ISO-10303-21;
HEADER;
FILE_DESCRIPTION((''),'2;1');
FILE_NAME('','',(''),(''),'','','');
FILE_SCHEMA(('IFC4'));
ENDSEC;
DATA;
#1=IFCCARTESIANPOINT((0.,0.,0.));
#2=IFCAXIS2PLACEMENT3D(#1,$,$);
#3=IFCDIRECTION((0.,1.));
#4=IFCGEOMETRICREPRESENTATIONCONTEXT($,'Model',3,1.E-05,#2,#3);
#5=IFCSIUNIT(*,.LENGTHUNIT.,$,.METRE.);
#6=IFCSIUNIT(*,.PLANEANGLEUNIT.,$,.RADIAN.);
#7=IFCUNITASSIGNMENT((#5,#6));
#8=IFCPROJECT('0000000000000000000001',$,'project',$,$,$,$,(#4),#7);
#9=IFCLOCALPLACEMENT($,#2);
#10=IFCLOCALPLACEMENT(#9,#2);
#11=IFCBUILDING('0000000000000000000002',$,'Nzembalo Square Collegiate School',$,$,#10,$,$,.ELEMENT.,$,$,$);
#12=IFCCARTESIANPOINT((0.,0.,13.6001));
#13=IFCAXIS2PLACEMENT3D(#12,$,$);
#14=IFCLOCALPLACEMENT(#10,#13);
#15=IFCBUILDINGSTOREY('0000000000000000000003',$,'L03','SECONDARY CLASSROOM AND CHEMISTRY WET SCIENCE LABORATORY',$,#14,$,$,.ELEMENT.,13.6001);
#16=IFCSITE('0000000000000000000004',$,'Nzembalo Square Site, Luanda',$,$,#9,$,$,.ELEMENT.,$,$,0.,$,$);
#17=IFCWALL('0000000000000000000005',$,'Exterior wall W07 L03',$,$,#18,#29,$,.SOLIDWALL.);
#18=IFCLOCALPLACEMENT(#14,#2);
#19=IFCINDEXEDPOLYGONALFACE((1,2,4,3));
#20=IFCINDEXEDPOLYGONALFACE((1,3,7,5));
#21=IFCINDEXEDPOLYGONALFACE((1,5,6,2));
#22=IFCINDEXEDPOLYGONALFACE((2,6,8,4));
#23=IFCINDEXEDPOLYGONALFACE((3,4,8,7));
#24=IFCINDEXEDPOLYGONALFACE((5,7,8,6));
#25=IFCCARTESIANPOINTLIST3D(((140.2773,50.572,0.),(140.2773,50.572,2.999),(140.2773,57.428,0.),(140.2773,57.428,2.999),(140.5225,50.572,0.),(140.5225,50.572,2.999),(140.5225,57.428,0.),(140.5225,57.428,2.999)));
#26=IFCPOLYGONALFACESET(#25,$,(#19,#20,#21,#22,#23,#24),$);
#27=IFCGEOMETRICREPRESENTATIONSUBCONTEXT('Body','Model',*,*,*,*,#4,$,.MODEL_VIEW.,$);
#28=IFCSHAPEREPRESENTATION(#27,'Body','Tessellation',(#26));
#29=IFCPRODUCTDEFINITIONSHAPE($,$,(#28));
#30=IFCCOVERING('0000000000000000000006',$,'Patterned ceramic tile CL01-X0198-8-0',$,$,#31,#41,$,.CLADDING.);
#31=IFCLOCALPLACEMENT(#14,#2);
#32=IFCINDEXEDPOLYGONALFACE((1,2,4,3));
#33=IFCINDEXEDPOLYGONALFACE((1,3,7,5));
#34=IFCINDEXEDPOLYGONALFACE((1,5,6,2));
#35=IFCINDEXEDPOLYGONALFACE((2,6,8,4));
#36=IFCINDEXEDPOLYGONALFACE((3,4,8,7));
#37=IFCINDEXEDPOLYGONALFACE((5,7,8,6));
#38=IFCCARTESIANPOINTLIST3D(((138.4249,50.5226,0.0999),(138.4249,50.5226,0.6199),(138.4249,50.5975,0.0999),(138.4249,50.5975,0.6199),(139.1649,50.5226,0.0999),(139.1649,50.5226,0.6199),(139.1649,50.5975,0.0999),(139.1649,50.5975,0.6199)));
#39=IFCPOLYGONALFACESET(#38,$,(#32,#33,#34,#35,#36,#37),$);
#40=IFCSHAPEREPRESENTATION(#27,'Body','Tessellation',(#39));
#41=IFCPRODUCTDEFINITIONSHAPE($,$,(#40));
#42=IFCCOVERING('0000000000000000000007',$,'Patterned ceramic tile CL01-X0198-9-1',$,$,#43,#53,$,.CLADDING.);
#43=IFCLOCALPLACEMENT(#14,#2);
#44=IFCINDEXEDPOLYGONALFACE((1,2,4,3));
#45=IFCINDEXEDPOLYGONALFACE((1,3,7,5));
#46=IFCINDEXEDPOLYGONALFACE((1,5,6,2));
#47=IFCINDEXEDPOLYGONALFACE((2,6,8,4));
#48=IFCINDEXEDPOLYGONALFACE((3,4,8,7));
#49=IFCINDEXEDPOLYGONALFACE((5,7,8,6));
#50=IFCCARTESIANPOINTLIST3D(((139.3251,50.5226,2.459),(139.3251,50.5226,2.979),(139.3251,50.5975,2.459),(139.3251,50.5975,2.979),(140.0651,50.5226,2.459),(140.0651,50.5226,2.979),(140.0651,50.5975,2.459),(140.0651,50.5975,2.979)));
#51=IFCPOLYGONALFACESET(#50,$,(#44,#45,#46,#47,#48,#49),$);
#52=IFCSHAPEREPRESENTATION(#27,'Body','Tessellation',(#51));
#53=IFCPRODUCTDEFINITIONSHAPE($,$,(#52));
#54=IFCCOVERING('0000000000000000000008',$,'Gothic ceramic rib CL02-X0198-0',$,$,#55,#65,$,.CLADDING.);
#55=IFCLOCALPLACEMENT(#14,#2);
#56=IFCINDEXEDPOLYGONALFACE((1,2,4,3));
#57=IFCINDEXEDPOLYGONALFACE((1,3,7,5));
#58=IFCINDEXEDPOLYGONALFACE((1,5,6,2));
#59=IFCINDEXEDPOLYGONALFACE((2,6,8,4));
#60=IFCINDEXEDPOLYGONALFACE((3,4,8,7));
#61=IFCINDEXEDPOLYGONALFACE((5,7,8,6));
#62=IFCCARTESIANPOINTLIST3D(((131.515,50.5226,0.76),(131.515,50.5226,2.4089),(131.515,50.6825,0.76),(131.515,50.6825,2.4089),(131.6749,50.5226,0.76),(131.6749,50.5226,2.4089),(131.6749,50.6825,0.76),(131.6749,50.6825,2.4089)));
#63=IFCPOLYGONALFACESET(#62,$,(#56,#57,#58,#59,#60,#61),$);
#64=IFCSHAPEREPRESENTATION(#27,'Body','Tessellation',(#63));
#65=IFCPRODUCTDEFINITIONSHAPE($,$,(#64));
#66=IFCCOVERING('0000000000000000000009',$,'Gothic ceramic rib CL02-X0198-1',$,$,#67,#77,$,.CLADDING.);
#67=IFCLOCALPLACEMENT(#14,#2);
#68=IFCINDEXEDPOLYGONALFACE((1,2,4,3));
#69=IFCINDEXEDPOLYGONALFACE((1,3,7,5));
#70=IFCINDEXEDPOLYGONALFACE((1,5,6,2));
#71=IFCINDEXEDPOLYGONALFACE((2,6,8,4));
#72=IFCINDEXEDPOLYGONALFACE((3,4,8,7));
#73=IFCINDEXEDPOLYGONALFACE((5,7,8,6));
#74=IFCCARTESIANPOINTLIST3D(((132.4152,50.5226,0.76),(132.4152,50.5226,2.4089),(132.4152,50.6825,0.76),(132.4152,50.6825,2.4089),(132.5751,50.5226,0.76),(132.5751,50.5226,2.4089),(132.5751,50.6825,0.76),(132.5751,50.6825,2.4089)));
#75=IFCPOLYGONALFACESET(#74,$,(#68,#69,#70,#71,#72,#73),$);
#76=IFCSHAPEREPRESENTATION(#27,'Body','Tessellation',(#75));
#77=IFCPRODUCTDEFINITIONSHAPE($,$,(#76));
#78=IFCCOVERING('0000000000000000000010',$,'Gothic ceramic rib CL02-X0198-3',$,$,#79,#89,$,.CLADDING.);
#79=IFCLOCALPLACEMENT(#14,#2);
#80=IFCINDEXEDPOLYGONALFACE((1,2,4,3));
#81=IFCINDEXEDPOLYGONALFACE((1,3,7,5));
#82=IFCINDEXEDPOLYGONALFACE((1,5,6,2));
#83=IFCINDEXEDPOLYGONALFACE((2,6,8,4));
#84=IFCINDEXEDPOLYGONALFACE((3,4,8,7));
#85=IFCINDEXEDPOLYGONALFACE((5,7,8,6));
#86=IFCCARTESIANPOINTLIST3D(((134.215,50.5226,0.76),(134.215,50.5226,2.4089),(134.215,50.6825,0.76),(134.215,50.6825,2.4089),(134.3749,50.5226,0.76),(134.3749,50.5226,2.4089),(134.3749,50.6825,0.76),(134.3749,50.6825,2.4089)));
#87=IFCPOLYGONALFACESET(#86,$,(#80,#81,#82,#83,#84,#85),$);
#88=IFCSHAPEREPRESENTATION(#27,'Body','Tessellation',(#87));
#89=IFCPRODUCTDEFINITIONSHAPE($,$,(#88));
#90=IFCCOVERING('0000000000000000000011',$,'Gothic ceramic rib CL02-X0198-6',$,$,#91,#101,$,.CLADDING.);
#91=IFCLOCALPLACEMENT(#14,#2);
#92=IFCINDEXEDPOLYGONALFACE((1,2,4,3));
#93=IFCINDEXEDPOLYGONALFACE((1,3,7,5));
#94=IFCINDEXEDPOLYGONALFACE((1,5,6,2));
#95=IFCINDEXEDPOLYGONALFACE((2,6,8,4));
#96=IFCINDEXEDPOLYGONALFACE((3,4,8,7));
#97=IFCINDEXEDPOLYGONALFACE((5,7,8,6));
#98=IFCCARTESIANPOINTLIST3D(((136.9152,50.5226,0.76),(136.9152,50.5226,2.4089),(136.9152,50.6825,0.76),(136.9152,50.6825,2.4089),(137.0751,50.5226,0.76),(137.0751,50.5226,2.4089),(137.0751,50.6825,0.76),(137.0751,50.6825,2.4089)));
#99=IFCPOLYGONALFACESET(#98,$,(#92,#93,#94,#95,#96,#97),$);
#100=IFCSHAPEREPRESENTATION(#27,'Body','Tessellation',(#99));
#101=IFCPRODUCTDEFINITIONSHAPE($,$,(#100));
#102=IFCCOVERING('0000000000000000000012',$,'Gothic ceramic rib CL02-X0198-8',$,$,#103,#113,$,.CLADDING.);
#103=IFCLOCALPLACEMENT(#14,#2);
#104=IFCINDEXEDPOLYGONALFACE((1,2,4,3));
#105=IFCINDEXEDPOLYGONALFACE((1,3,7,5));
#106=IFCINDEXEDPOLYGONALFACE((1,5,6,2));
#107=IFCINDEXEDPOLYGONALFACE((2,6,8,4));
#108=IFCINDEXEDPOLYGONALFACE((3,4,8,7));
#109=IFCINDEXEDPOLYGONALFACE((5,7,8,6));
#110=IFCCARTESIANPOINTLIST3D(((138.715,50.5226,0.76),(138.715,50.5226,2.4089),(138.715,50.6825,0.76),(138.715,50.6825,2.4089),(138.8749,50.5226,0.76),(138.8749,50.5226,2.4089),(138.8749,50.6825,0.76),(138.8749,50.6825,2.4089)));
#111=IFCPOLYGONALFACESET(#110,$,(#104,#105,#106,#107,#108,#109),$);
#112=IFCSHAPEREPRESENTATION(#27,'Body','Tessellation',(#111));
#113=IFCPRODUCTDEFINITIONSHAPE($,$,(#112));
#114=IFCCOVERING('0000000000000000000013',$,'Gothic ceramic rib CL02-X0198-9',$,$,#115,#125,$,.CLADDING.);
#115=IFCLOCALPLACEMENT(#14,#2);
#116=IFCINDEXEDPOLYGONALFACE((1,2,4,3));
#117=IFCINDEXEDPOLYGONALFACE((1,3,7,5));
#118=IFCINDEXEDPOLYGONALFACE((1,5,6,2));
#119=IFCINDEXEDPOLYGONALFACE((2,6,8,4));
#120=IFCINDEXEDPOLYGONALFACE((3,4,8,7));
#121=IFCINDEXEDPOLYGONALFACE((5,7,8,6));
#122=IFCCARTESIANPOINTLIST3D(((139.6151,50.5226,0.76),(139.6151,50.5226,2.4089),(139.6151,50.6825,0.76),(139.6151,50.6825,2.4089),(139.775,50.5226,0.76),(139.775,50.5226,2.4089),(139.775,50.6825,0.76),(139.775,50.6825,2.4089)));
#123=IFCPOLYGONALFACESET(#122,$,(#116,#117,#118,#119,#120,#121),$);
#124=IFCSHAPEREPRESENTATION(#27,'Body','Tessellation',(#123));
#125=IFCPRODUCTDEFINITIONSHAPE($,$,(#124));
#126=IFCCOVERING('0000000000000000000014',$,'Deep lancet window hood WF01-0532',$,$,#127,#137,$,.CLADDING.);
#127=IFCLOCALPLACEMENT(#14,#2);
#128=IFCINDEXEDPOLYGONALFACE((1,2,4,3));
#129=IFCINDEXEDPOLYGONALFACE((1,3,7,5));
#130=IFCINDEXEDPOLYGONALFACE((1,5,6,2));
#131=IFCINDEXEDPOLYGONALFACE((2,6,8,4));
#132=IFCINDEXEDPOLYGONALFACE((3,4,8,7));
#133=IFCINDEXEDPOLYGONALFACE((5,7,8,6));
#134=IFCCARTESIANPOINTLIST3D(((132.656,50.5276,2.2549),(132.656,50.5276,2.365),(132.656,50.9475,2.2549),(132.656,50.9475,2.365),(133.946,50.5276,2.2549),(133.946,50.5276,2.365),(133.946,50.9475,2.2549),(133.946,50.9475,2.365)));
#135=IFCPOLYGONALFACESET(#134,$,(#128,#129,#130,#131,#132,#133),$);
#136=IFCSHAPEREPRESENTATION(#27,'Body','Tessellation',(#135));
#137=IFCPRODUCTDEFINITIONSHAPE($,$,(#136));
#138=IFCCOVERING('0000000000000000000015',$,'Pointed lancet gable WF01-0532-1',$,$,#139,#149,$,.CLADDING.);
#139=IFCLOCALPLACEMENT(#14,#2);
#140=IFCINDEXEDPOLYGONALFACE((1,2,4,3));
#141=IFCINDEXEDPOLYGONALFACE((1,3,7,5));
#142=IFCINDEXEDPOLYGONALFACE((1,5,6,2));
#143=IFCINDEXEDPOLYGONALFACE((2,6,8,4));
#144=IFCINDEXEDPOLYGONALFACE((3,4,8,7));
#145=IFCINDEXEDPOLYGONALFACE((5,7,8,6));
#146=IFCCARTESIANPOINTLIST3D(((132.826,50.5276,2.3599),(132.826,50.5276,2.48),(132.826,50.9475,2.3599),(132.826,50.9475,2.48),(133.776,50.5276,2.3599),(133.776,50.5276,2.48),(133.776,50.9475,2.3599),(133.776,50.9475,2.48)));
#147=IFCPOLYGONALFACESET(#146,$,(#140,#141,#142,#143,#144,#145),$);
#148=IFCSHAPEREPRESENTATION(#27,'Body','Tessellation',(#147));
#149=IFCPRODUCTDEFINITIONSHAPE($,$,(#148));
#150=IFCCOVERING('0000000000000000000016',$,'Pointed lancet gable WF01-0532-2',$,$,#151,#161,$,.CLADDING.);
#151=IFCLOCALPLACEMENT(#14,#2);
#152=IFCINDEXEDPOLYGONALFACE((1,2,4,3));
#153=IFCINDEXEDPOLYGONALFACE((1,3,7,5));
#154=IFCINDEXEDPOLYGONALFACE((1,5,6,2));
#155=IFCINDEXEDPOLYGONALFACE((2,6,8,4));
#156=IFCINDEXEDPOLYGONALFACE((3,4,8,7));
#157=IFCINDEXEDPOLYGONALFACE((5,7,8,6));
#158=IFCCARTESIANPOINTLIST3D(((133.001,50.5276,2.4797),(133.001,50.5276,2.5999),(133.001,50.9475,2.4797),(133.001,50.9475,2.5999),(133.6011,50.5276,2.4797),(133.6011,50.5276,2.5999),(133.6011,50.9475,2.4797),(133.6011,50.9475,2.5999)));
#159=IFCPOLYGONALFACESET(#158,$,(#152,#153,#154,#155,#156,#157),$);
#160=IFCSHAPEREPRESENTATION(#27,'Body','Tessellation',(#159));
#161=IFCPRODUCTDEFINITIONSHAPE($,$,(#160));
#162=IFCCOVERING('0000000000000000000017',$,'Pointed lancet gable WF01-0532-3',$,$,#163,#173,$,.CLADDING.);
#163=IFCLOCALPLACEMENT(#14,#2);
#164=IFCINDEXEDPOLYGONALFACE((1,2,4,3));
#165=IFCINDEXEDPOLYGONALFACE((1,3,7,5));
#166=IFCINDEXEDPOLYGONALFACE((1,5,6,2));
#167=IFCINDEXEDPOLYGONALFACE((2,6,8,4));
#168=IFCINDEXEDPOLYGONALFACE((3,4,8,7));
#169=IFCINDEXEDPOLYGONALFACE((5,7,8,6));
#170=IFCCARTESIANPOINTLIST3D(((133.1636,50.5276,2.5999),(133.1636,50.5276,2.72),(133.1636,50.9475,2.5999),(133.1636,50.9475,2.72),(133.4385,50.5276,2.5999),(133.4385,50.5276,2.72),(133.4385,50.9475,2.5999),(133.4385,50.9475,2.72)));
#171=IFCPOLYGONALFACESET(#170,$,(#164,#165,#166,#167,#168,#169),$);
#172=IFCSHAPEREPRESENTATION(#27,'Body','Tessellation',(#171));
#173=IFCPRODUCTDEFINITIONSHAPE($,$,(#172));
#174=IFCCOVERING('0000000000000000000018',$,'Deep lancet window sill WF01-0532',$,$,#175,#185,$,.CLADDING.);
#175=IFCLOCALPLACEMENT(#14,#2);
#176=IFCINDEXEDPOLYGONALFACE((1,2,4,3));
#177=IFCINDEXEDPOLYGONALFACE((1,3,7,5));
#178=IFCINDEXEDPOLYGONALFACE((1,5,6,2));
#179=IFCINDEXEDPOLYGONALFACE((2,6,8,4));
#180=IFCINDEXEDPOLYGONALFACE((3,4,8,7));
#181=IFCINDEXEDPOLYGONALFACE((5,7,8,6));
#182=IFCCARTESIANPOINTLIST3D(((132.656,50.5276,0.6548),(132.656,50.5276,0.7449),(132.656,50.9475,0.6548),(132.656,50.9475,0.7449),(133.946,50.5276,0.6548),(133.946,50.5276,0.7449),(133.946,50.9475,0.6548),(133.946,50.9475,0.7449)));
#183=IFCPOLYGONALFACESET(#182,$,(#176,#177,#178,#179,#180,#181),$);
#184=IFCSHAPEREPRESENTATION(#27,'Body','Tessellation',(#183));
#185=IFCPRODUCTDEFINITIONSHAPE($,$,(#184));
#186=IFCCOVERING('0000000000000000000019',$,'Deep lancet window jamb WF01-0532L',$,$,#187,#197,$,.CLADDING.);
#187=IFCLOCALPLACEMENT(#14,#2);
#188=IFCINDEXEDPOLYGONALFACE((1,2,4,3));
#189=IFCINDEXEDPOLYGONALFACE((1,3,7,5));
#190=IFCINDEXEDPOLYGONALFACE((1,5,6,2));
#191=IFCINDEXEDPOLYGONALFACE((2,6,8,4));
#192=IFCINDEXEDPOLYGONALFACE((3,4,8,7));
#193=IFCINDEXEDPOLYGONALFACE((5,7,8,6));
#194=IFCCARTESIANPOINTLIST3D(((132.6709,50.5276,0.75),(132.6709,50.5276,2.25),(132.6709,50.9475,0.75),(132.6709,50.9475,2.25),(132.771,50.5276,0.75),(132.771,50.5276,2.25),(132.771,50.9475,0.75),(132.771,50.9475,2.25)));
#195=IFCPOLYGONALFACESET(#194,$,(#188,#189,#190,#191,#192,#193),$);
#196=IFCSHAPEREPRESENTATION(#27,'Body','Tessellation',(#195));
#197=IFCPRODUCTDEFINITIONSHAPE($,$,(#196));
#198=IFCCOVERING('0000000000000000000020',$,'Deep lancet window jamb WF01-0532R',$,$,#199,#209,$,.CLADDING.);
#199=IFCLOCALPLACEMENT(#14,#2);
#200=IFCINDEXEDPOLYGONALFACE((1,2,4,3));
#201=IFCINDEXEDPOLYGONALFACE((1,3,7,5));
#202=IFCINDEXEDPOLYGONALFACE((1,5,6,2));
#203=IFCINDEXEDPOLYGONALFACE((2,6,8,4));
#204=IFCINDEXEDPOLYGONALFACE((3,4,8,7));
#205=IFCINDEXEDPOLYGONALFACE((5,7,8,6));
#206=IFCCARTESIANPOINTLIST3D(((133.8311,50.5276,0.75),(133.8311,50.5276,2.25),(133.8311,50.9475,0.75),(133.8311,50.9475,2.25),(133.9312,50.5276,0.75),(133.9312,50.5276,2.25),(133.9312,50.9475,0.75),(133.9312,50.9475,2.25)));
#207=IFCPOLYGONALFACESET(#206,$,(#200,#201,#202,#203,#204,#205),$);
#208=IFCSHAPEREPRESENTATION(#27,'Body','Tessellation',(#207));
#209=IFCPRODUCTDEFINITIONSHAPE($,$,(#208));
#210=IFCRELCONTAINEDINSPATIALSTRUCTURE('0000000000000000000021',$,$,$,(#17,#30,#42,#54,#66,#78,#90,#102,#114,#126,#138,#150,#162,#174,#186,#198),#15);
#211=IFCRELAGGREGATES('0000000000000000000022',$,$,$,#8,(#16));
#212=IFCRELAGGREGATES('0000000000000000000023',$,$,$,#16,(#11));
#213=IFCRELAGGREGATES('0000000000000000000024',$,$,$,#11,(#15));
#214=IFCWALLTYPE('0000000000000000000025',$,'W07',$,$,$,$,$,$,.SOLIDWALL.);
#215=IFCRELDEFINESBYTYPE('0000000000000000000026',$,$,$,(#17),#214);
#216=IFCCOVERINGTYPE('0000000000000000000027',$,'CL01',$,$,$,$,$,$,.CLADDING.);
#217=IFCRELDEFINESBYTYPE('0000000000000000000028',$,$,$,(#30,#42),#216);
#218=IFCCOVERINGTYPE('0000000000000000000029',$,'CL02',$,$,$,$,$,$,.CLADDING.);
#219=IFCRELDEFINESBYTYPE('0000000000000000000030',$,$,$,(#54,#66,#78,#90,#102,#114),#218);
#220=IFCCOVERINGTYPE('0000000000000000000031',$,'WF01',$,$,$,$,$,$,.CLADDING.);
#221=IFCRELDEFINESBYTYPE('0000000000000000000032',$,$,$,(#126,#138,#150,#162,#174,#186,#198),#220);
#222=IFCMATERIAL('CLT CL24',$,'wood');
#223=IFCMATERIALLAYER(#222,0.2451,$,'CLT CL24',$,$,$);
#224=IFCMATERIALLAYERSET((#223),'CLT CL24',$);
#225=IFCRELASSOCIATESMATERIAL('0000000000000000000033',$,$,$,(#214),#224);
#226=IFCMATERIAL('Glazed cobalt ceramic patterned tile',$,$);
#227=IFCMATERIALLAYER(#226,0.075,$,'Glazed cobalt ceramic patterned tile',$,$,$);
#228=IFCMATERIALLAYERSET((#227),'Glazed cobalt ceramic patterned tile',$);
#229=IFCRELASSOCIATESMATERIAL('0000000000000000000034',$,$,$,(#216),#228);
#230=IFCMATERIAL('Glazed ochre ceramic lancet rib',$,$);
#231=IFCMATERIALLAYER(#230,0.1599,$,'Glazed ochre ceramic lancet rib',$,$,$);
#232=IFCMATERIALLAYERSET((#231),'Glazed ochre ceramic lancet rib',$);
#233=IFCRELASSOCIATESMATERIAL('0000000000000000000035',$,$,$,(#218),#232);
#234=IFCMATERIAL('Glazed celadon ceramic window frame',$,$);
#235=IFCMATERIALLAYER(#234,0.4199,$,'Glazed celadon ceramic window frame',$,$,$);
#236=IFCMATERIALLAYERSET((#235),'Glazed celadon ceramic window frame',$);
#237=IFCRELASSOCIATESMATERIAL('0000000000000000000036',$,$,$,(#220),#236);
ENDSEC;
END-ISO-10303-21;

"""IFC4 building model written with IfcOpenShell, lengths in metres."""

from ifc_helpers import new_model, si_unit, direction, frame, frame_2d, origin, origin_2d, place, context, subcontext, project, spatial, rectangle, extrude, material, layer, layer_set, type_object, element, save


model = new_model("IFC4")

# Units and contexts
model_context = context("Model", 3, precision=1e-05, world=origin(), true_north=direction((0.0, 1.0)))
body_context = subcontext(model_context, "Body", "Model", "MODEL_VIEW")
ifc_project = project(units=[si_unit("LENGTHUNIT", "METRE"), si_unit("PLANEANGLEUNIT", "RADIAN")], contexts=[model_context])

# Site, building, storey
site_placement = place(None, origin())
site = spatial("IfcSite", under=ifc_project, at=site_placement, Name="Nzembalo Square Site, Luanda", CompositionType="ELEMENT", RefElevation=0.0)
building_placement = place(site_placement, origin())
building = spatial("IfcBuilding", under=site, at=building_placement, Name="Nzembalo Square Collegiate School", CompositionType="ELEMENT")
storey_placement = place(building_placement, frame((0.0, 0.0, 13.6001)))
storey = spatial("IfcBuildingStorey", under=building, at=storey_placement, Name="L03", Description="SECONDARY CLASSROOM AND CHEMISTRY WET SCIENCE LABORATORY", CompositionType="ELEMENT", Elevation=13.6001)

# Wall
ifc_material_1 = material(Name="CLT CL24", Category="wood")
ifc_layer_1 = layer(ifc_material_1, 0.2451, Name="CLT CL24")
ifc_layer_set_1 = layer_set([ifc_layer_1], Name="CLT CL24")
wall_type = type_object("IfcWallType", Name="W07", PredefinedType="SOLIDWALL", material=ifc_layer_set_1)
wall_placement = place(storey_placement, frame((140.3999, 50.572, 0.0), z_axis=(0.0, 0.0, 1.0), x_axis=(0.0, 1.0, 0.0)))
element("IfcWall", 1, at=wall_placement, inside=storey, type_object=wall_type, Name="Exterior wall W07 L03", PredefinedType="SOLIDWALL", context=body_context, shape_type="SweptSolid", body=[
    extrude(rectangle(XDim=6.856, YDim=0.2451, at=frame_2d((3.428, 0.0))), origin(), (0.0, 0.0, 1.0), 2.999),
])

# Coverings
ifc_material_2 = material(Name="Glazed cobalt ceramic patterned tile")
ifc_layer_2 = layer(ifc_material_2, 0.075, Name="Glazed cobalt ceramic patterned tile")
ifc_layer_set_2 = layer_set([ifc_layer_2], Name="Glazed cobalt ceramic patterned tile")
covering_type_1 = type_object("IfcCoveringType", Name="CL01", PredefinedType="CLADDING", material=ifc_layer_set_2)
for number, where, z_axis, x_axis, name in (
    (2, (138.7949, 50.5601, 0.0999), (0.0, 0.0, 1.0), (1.0, 0.0, 0.0), "Patterned ceramic tile CL01-X0198-8-0"),
    (3, (139.6951, 50.5601, 2.459), (0.0, 0.0, 1.0), (1.0, 0.0, 0.0), "Patterned ceramic tile CL01-X0198-9-1"),
):
    element("IfcCovering", number, at=place(storey_placement, frame(where, z_axis=z_axis, x_axis=x_axis)), inside=storey, type_object=covering_type_1, Name=name, PredefinedType="CLADDING", context=body_context, shape_type="SweptSolid", body=[
        extrude(rectangle(XDim=0.74, YDim=0.075, at=origin_2d()), origin(), (0.0, 0.0, 1.0), 0.52),
    ])
ifc_material_3 = material(Name="Glazed ochre ceramic lancet rib")
ifc_layer_3 = layer(ifc_material_3, 0.1599, Name="Glazed ochre ceramic lancet rib")
ifc_layer_set_3 = layer_set([ifc_layer_3], Name="Glazed ochre ceramic lancet rib")
covering_type_2 = type_object("IfcCoveringType", Name="CL02", PredefinedType="CLADDING", material=ifc_layer_set_3)
for number, where, z_axis, x_axis, name in (
    (4, (131.595, 50.6025, 0.76), (0.0, 0.0, 1.0), (1.0, 0.0, 0.0), "Gothic ceramic rib CL02-X0198-0"),
    (5, (132.4951, 50.6025, 0.76), (0.0, 0.0, 1.0), (1.0, 0.0, 0.0), "Gothic ceramic rib CL02-X0198-1"),
    (6, (134.2949, 50.6025, 0.76), (0.0, 0.0, 1.0), (1.0, 0.0, 0.0), "Gothic ceramic rib CL02-X0198-3"),
    (7, (136.9951, 50.6025, 0.76), (0.0, 0.0, 1.0), (1.0, 0.0, 0.0), "Gothic ceramic rib CL02-X0198-6"),
    (8, (138.7949, 50.6025, 0.76), (0.0, 0.0, 1.0), (1.0, 0.0, 0.0), "Gothic ceramic rib CL02-X0198-8"),
    (9, (139.6951, 50.6025, 0.76), (0.0, 0.0, 1.0), (1.0, 0.0, 0.0), "Gothic ceramic rib CL02-X0198-9"),
):
    element("IfcCovering", number, at=place(storey_placement, frame(where, z_axis=z_axis, x_axis=x_axis)), inside=storey, type_object=covering_type_2, Name=name, PredefinedType="CLADDING", context=body_context, shape_type="SweptSolid", body=[
        extrude(rectangle(XDim=0.1599, YDim=0.1599, at=origin_2d()), origin(), (0.0, 0.0, 1.0), 1.6489),
    ])
ifc_material_4 = material(Name="Glazed celadon ceramic window frame")
ifc_layer_4 = layer(ifc_material_4, 0.4199, Name="Glazed celadon ceramic window frame")
ifc_layer_set_4 = layer_set([ifc_layer_4], Name="Glazed celadon ceramic window frame")
covering_type_3 = type_object("IfcCoveringType", Name="WF01", PredefinedType="CLADDING", material=ifc_layer_set_4)
covering_1_placement = place(storey_placement, frame((133.301, 50.7375, 2.2549), z_axis=(0.0, 0.0, 1.0), x_axis=(1.0, 0.0, 0.0)))
element("IfcCovering", 10, at=covering_1_placement, inside=storey, type_object=covering_type_3, Name="Deep lancet window hood WF01-0532", PredefinedType="CLADDING", context=body_context, shape_type="SweptSolid", body=[
    extrude(rectangle(XDim=1.29, YDim=0.4199, at=origin_2d()), origin(), (0.0, 0.0, 1.0), 0.1101),
])
covering_2_placement = place(storey_placement, frame((133.301, 50.7375, 2.3599), z_axis=(0.0, 0.0, 1.0), x_axis=(1.0, 0.0, 0.0)))
element("IfcCovering", 11, at=covering_2_placement, inside=storey, type_object=covering_type_3, Name="Pointed lancet gable WF01-0532-1", PredefinedType="CLADDING", context=body_context, shape_type="SweptSolid", body=[
    extrude(rectangle(XDim=0.95, YDim=0.4199, at=origin_2d()), origin(), (0.0, 0.0, 1.0), 0.1201),
])
covering_3_placement = place(storey_placement, frame((133.301, 50.7375, 2.4797), z_axis=(0.0, 0.0, 1.0), x_axis=(1.0, 0.0, 0.0)))
element("IfcCovering", 12, at=covering_3_placement, inside=storey, type_object=covering_type_3, Name="Pointed lancet gable WF01-0532-2", PredefinedType="CLADDING", context=body_context, shape_type="SweptSolid", body=[
    extrude(rectangle(XDim=0.6001, YDim=0.4199, at=origin_2d()), origin(), (0.0, 0.0, 1.0), 0.1201),
])
covering_4_placement = place(storey_placement, frame((133.301, 50.7375, 2.5999), z_axis=(0.0, 0.0, 1.0), x_axis=(1.0, 0.0, 0.0)))
element("IfcCovering", 13, at=covering_4_placement, inside=storey, type_object=covering_type_3, Name="Pointed lancet gable WF01-0532-3", PredefinedType="CLADDING", context=body_context, shape_type="SweptSolid", body=[
    extrude(rectangle(XDim=0.2749, YDim=0.4199, at=origin_2d()), origin(), (0.0, 0.0, 1.0), 0.1201),
])
covering_5_placement = place(storey_placement, frame((133.301, 50.7375, 0.6548), z_axis=(0.0, 0.0, 1.0), x_axis=(1.0, 0.0, 0.0)))
element("IfcCovering", 14, at=covering_5_placement, inside=storey, type_object=covering_type_3, Name="Deep lancet window sill WF01-0532", PredefinedType="CLADDING", context=body_context, shape_type="SweptSolid", body=[
    extrude(rectangle(XDim=1.29, YDim=0.4199, at=origin_2d()), origin(), (0.0, 0.0, 1.0), 0.0901),
])
for number, where, z_axis, x_axis, name in (
    (15, (132.7209, 50.7375, 0.75), (0.0, 0.0, 1.0), (1.0, 0.0, 0.0), "Deep lancet window jamb WF01-0532L"),
    (16, (133.8811, 50.7375, 0.75), (0.0, 0.0, 1.0), (1.0, 0.0, 0.0), "Deep lancet window jamb WF01-0532R"),
):
    element("IfcCovering", number, at=place(storey_placement, frame(where, z_axis=z_axis, x_axis=x_axis)), inside=storey, type_object=covering_type_3, Name=name, PredefinedType="CLADDING", context=body_context, shape_type="SweptSolid", body=[
        extrude(rectangle(XDim=0.1001, YDim=0.4199, at=origin_2d()), origin(), (0.0, 0.0, 1.0), 1.5),
    ])

save(model, "model.ifc")
